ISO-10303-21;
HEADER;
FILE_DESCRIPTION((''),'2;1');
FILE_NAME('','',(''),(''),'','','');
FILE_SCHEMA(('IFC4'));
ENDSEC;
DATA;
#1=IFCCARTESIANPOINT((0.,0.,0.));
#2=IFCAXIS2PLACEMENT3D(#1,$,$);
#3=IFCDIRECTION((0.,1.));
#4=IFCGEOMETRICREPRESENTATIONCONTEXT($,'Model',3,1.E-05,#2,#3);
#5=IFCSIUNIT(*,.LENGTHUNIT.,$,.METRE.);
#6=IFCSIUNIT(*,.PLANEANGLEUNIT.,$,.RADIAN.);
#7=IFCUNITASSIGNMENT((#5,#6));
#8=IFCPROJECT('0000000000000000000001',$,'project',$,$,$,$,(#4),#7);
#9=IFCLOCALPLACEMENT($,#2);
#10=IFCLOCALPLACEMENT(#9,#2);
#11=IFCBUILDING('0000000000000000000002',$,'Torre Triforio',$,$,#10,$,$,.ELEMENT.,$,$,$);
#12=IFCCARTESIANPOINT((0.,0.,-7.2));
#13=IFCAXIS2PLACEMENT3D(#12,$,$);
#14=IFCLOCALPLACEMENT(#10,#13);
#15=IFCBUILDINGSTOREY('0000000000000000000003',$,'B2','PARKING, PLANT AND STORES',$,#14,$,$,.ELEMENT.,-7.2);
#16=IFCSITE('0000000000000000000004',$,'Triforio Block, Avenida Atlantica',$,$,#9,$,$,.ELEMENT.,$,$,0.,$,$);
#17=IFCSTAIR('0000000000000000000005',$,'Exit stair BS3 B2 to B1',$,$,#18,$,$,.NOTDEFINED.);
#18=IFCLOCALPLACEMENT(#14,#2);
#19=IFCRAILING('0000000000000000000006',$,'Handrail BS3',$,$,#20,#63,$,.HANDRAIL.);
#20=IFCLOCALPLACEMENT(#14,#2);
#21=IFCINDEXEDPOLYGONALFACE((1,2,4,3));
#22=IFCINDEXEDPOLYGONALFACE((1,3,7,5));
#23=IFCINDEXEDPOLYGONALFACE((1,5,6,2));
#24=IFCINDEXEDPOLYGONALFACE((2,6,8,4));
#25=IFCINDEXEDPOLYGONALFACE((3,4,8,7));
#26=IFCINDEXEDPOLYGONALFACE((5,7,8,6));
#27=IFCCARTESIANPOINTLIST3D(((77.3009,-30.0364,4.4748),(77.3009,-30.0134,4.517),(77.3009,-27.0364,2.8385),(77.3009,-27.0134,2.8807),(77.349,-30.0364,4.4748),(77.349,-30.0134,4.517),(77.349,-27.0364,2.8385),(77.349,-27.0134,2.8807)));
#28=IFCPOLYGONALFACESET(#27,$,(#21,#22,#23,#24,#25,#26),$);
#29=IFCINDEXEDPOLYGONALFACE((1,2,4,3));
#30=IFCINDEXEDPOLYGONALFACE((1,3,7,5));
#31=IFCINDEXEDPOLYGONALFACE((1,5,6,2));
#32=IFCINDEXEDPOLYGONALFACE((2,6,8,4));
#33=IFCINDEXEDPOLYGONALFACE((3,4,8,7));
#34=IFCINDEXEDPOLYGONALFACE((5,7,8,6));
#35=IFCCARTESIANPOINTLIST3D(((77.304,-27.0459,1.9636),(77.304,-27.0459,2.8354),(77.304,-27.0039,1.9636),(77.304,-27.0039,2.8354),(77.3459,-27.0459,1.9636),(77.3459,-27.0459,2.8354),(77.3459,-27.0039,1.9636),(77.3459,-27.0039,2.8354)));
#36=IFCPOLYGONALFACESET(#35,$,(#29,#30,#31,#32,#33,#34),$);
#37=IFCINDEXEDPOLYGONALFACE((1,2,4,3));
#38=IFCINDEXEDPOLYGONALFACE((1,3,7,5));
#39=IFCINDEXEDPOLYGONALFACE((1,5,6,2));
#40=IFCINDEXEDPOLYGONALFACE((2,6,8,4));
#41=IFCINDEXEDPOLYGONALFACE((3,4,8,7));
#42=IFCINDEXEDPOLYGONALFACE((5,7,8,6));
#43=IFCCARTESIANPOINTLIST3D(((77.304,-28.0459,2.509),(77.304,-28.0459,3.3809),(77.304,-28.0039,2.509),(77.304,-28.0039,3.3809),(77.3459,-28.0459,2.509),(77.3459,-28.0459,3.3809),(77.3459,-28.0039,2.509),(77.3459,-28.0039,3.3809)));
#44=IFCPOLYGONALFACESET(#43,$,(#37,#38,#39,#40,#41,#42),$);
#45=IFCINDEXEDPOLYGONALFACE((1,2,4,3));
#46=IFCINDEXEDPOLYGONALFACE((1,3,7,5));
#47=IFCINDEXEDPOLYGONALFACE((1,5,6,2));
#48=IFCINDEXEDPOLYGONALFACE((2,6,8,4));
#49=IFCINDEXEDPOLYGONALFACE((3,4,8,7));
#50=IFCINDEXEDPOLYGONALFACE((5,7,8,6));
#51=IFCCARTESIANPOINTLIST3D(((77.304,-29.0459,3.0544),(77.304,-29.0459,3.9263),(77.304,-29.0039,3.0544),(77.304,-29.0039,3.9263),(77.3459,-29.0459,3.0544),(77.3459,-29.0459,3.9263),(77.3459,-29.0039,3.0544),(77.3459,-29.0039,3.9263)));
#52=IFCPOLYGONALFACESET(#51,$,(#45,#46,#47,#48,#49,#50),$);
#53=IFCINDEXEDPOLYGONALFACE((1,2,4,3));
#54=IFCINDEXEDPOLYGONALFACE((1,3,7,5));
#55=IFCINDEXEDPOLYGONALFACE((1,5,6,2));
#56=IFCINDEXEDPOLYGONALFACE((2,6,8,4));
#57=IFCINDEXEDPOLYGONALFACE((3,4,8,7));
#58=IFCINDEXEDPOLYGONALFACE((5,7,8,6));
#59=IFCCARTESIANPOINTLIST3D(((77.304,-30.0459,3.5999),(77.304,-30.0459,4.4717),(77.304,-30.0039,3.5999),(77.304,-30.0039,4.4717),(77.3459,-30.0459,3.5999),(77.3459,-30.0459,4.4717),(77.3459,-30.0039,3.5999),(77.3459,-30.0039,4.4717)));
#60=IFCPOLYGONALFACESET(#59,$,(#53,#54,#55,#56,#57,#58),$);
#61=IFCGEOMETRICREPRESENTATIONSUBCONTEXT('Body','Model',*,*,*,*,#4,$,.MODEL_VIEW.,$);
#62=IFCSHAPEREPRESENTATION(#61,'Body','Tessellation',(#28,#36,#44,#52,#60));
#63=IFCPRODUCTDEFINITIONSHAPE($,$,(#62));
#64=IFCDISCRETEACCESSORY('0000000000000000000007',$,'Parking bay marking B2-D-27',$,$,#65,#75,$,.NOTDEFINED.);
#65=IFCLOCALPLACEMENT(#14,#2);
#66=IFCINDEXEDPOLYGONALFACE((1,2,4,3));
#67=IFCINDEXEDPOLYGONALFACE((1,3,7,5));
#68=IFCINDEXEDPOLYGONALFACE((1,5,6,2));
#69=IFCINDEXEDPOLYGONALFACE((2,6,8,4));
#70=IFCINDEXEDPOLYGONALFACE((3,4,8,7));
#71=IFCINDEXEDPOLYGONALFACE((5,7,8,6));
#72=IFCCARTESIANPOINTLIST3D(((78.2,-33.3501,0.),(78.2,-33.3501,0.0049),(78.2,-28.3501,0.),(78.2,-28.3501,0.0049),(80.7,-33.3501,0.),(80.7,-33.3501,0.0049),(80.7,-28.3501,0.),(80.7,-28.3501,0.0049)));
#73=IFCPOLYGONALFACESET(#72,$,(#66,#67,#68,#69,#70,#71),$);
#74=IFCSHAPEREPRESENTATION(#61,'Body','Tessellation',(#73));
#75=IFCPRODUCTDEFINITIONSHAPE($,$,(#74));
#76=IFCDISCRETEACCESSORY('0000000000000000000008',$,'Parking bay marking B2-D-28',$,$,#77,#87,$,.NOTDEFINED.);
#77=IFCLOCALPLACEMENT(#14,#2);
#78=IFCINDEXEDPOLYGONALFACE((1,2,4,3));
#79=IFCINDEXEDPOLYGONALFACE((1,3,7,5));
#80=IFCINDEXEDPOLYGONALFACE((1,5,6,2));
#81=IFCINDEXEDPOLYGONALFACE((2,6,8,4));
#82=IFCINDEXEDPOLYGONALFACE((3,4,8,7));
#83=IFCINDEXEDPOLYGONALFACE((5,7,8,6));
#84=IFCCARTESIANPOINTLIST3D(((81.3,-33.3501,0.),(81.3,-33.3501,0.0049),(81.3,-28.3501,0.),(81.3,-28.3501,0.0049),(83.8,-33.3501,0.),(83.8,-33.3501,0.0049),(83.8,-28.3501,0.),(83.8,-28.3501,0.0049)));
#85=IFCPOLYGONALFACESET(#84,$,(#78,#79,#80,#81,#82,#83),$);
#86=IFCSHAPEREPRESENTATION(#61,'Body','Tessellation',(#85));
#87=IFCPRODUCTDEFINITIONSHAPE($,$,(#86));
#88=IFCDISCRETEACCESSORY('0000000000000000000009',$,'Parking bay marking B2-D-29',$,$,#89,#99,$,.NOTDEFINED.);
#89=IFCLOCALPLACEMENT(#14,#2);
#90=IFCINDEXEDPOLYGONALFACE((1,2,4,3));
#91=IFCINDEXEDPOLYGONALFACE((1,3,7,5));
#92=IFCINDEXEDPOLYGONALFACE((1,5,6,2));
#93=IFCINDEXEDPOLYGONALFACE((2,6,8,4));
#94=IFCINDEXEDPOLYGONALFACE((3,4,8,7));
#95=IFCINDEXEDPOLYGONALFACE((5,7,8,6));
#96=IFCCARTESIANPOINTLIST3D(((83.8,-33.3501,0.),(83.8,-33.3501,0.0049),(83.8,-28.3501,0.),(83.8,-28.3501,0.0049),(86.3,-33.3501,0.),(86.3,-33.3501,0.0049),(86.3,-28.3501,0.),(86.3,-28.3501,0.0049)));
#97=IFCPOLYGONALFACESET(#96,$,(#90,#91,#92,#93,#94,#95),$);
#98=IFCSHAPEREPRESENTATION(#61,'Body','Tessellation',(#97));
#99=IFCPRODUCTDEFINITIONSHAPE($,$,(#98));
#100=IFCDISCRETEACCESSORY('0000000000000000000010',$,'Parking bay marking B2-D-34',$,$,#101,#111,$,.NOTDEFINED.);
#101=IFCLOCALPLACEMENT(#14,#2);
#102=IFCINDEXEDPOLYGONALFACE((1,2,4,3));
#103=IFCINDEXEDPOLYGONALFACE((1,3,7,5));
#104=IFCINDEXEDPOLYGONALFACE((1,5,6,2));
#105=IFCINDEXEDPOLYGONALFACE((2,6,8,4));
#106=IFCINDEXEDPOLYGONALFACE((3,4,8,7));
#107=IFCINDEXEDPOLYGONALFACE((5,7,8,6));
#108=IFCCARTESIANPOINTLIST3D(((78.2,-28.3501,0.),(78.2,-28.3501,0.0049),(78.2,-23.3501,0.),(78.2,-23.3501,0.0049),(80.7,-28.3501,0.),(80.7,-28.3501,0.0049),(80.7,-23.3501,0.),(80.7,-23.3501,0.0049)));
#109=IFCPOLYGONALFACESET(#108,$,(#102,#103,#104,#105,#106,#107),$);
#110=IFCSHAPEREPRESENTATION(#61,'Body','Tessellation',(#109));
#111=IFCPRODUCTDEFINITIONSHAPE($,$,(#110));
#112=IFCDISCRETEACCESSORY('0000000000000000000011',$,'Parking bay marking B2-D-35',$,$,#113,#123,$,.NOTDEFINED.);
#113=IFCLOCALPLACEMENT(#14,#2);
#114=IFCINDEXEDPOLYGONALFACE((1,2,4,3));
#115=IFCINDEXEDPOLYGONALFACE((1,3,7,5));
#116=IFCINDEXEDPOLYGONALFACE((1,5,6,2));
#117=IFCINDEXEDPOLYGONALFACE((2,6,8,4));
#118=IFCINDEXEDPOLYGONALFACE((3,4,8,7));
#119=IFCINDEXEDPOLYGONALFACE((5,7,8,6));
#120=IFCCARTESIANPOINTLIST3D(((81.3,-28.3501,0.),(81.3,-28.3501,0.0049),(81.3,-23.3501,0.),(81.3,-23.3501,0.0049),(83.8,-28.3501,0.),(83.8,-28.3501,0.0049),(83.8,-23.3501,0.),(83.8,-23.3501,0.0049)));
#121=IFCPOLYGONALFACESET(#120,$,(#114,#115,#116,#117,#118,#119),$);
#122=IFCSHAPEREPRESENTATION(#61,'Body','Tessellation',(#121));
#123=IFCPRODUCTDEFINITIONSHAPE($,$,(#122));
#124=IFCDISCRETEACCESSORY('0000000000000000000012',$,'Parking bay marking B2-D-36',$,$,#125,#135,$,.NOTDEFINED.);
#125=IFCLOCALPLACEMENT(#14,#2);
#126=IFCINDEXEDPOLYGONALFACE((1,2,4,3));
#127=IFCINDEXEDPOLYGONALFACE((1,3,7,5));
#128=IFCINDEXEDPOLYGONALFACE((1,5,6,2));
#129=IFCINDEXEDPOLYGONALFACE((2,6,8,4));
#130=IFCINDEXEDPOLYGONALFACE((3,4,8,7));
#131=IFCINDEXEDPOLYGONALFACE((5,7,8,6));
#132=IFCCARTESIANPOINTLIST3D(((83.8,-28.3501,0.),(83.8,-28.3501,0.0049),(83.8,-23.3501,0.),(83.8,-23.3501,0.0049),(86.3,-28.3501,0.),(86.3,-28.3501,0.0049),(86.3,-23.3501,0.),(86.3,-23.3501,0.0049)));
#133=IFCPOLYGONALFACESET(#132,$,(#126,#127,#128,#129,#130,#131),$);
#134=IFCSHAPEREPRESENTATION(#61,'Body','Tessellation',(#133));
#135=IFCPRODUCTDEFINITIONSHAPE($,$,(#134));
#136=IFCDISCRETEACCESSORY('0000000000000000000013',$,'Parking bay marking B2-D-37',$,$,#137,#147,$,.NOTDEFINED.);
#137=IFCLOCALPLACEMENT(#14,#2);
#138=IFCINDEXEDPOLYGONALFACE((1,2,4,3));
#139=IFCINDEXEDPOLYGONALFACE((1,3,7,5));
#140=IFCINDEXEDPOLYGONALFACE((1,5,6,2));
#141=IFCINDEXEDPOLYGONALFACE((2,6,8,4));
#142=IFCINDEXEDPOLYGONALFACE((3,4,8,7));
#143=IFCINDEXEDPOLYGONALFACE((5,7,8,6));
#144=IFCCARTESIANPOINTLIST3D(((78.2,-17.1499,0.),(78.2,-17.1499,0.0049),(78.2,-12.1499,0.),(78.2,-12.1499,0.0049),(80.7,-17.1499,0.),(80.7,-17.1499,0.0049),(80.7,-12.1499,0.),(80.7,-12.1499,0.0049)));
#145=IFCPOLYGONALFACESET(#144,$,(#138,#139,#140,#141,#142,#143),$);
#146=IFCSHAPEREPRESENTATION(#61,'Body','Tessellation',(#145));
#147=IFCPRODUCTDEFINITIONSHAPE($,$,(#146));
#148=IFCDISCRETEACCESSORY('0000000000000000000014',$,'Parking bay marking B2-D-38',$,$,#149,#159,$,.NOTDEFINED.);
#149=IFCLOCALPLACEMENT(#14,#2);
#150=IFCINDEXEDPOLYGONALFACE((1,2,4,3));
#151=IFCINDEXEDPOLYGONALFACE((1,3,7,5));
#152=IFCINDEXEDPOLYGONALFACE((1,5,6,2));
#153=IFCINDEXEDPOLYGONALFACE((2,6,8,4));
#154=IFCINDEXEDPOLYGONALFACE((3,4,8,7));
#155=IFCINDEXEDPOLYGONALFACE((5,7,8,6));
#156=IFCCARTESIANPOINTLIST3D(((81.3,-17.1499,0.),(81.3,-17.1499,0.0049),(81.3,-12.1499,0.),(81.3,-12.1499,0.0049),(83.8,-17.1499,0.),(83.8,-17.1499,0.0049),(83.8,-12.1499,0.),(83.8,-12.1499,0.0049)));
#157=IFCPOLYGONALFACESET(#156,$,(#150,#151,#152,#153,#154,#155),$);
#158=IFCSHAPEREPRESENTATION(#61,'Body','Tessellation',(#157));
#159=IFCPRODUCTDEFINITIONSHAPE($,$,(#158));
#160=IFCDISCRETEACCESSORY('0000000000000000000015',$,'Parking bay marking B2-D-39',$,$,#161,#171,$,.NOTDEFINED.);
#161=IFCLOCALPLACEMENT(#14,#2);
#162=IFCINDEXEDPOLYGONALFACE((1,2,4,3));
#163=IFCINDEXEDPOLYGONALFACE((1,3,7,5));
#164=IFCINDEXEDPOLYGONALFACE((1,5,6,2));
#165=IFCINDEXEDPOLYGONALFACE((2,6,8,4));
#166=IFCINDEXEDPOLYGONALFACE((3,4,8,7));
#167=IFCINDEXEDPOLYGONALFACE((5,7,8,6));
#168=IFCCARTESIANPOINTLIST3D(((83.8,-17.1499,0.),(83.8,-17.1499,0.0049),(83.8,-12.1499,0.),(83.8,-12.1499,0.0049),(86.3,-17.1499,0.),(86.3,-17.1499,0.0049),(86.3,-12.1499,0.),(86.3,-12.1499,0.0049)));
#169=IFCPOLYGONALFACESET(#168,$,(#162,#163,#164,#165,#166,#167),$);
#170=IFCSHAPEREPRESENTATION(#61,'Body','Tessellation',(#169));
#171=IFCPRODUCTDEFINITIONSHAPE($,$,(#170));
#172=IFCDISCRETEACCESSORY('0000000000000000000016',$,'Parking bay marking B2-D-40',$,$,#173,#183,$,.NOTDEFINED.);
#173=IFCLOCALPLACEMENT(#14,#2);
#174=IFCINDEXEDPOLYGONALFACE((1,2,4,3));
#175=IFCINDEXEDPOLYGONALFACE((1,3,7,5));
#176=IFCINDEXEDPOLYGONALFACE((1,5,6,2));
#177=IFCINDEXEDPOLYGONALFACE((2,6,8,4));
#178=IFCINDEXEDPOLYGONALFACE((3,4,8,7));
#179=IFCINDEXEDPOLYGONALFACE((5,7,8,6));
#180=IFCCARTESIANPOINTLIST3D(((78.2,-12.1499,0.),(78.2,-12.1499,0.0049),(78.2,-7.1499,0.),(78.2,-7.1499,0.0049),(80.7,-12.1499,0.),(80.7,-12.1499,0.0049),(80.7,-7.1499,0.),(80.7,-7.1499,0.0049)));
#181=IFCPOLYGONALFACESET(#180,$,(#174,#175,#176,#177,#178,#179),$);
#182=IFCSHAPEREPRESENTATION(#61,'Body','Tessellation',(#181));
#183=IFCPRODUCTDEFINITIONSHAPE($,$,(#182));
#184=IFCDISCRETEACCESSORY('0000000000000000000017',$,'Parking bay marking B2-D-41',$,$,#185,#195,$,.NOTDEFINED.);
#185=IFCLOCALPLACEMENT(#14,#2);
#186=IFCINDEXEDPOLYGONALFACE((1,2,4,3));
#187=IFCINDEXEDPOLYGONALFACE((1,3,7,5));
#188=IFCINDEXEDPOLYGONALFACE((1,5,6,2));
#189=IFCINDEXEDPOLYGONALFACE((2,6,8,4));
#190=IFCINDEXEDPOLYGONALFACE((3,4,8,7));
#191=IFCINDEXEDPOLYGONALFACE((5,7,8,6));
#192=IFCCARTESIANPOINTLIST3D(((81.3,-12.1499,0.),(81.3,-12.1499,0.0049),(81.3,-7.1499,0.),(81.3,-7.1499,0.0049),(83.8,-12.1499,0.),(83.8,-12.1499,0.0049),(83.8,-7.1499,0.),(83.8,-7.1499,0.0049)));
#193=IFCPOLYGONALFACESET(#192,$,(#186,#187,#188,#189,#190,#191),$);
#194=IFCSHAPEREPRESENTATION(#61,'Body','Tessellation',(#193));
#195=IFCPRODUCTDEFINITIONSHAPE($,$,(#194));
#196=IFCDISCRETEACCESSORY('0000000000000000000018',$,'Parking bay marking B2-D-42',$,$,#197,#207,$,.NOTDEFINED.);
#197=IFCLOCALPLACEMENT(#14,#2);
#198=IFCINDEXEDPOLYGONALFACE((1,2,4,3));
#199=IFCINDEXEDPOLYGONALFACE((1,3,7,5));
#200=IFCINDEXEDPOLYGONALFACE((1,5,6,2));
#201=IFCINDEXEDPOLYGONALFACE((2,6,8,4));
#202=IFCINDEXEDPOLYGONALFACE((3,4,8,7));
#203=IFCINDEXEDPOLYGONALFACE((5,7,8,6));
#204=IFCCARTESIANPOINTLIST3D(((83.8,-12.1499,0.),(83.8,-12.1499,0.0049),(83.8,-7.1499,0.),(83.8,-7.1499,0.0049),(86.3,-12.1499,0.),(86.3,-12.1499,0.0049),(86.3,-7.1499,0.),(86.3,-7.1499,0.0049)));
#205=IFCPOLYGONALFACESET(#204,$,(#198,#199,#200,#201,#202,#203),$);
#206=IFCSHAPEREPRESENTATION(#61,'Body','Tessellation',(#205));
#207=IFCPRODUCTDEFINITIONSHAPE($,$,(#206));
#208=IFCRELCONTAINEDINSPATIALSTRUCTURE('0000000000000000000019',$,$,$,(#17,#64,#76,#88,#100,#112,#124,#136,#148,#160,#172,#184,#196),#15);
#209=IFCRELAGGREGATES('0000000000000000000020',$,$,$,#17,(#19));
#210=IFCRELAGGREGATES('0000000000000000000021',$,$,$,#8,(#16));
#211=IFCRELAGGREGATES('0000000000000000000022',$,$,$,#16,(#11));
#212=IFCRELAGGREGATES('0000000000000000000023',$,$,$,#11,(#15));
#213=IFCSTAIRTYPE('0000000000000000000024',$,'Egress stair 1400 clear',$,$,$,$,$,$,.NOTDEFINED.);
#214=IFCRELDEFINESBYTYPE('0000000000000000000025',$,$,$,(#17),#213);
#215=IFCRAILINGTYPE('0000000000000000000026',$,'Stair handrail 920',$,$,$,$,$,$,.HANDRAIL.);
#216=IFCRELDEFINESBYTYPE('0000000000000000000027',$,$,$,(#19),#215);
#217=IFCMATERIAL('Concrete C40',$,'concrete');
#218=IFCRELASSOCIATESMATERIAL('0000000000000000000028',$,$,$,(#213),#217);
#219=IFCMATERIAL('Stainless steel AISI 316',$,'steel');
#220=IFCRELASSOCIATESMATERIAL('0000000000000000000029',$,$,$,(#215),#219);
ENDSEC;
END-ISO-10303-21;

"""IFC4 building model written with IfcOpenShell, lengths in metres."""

from ifc_helpers import new_model, si_unit, direction, frame, origin, origin_2d, place, context, subcontext, project, spatial, rectangle, extrude, material, type_object, element, aggregate, save


model = new_model("IFC4")

# Units and contexts
model_context = context("Model", 3, precision=1e-05, world=origin(), true_north=direction((0.0, 1.0)))
body_context = subcontext(model_context, "Body", "Model", "MODEL_VIEW")
ifc_project = project(units=[si_unit("LENGTHUNIT", "METRE"), si_unit("PLANEANGLEUNIT", "RADIAN")], contexts=[model_context])

# Site, building, storey
site_placement = place(None, origin())
site = spatial("IfcSite", under=ifc_project, at=site_placement, Name="Triforio Block, Avenida Atlantica", CompositionType="ELEMENT", RefElevation=0.0)
building_placement = place(site_placement, origin())
building = spatial("IfcBuilding", under=site, at=building_placement, Name="Torre Triforio", CompositionType="ELEMENT")
storey_placement = place(building_placement, frame((0.0, 0.0, -7.2)))
storey = spatial("IfcBuildingStorey", under=building, at=storey_placement, Name="B2", Description="PARKING, PLANT AND STORES", CompositionType="ELEMENT", Elevation=-7.2)

# Stair, railing
ifc_material_1 = material(Name="Concrete C40", Category="concrete")
stair_type = type_object("IfcStairType", Name="Egress stair 1400 clear", PredefinedType="NOTDEFINED", material=ifc_material_1)
stair_placement = place(storey_placement, origin())
stair = element("IfcStair", 1, at=stair_placement, inside=storey, type_object=stair_type, Name="Exit stair BS3 B2 to B1", PredefinedType="NOTDEFINED")
ifc_material_2 = material(Name="Stainless steel AISI 316", Category="steel")
railing_type = type_object("IfcRailingType", Name="Stair handrail 920", PredefinedType="HANDRAIL", material=ifc_material_2)
railing_1_placement = place(storey_placement, frame((77.325, -27.0249, 1.9636)))
railing_1 = element("IfcRailing", 2, at=railing_1_placement, type_object=railing_type, Name="Handrail BS3", PredefinedType="HANDRAIL", context=body_context, shape_type="SweptSolid", body=[
    extrude(rectangle(XDim=0.0481, YDim=0.0481, at=origin_2d()), frame((0.0, 0.0, 0.896), z_axis=(0.0, -0.877912, 0.478822), x_axis=(1.0, 0.0, 0.0)), (0.0, 0.0, 1.0), 3.4172),
    extrude(rectangle(XDim=0.042, YDim=0.042, at=origin_2d()), origin(), (0.0, 0.0, 1.0), 0.8718),
    extrude(rectangle(XDim=0.042, YDim=0.042, at=origin_2d()), frame((0.0, -1.0, 0.5454)), (0.0, 0.0, 1.0), 0.8718),
    extrude(rectangle(XDim=0.042, YDim=0.042, at=origin_2d()), frame((0.0, -2.0, 1.0908)), (0.0, 0.0, 1.0), 0.8718),
    extrude(rectangle(XDim=0.042, YDim=0.042, at=origin_2d()), frame((0.0, -3.0, 1.6362)), (0.0, 0.0, 1.0), 0.8718),
])
aggregate(stair, [railing_1])

# Discrete accessories
for number, where, z_axis, x_axis, name in (
    (3, (79.45, -30.8501, 0.0), (0.0, 0.0, 1.0), (1.0, 0.0, 0.0), "Parking bay marking B2-D-27"),
    (4, (82.55, -30.8501, 0.0), (0.0, 0.0, 1.0), (1.0, 0.0, 0.0), "Parking bay marking B2-D-28"),
    (5, (85.05, -30.8501, 0.0), (0.0, 0.0, 1.0), (1.0, 0.0, 0.0), "Parking bay marking B2-D-29"),
    (6, (79.45, -25.8501, 0.0), (0.0, 0.0, 1.0), (1.0, 0.0, 0.0), "Parking bay marking B2-D-34"),
    (7, (82.55, -25.8501, 0.0), (0.0, 0.0, 1.0), (1.0, 0.0, 0.0), "Parking bay marking B2-D-35"),
    (8, (85.05, -25.8501, 0.0), (0.0, 0.0, 1.0), (1.0, 0.0, 0.0), "Parking bay marking B2-D-36"),
    (9, (79.45, -14.6499, 0.0), (0.0, 0.0, 1.0), (1.0, 0.0, 0.0), "Parking bay marking B2-D-37"),
    (10, (82.55, -14.6499, 0.0), (0.0, 0.0, 1.0), (1.0, 0.0, 0.0), "Parking bay marking B2-D-38"),
    (11, (85.05, -14.6499, 0.0), (0.0, 0.0, 1.0), (1.0, 0.0, 0.0), "Parking bay marking B2-D-39"),
    (12, (79.45, -9.6499, 0.0), (0.0, 0.0, 1.0), (1.0, 0.0, 0.0), "Parking bay marking B2-D-40"),
    (13, (82.55, -9.6499, 0.0), (0.0, 0.0, 1.0), (1.0, 0.0, 0.0), "Parking bay marking B2-D-41"),
    (14, (85.05, -9.6499, 0.0), (0.0, 0.0, 1.0), (1.0, 0.0, 0.0), "Parking bay marking B2-D-42"),
):
    element("IfcDiscreteAccessory", number, at=place(storey_placement, frame(where, z_axis=z_axis, x_axis=x_axis)), inside=storey, Name=name, PredefinedType="NOTDEFINED", context=body_context, shape_type="SweptSolid", body=[
        extrude(rectangle(XDim=2.5, YDim=5.0, at=origin_2d()), origin(), (0.0, 0.0, 1.0), 0.0049),
    ])

save(model, "model.ifc")
